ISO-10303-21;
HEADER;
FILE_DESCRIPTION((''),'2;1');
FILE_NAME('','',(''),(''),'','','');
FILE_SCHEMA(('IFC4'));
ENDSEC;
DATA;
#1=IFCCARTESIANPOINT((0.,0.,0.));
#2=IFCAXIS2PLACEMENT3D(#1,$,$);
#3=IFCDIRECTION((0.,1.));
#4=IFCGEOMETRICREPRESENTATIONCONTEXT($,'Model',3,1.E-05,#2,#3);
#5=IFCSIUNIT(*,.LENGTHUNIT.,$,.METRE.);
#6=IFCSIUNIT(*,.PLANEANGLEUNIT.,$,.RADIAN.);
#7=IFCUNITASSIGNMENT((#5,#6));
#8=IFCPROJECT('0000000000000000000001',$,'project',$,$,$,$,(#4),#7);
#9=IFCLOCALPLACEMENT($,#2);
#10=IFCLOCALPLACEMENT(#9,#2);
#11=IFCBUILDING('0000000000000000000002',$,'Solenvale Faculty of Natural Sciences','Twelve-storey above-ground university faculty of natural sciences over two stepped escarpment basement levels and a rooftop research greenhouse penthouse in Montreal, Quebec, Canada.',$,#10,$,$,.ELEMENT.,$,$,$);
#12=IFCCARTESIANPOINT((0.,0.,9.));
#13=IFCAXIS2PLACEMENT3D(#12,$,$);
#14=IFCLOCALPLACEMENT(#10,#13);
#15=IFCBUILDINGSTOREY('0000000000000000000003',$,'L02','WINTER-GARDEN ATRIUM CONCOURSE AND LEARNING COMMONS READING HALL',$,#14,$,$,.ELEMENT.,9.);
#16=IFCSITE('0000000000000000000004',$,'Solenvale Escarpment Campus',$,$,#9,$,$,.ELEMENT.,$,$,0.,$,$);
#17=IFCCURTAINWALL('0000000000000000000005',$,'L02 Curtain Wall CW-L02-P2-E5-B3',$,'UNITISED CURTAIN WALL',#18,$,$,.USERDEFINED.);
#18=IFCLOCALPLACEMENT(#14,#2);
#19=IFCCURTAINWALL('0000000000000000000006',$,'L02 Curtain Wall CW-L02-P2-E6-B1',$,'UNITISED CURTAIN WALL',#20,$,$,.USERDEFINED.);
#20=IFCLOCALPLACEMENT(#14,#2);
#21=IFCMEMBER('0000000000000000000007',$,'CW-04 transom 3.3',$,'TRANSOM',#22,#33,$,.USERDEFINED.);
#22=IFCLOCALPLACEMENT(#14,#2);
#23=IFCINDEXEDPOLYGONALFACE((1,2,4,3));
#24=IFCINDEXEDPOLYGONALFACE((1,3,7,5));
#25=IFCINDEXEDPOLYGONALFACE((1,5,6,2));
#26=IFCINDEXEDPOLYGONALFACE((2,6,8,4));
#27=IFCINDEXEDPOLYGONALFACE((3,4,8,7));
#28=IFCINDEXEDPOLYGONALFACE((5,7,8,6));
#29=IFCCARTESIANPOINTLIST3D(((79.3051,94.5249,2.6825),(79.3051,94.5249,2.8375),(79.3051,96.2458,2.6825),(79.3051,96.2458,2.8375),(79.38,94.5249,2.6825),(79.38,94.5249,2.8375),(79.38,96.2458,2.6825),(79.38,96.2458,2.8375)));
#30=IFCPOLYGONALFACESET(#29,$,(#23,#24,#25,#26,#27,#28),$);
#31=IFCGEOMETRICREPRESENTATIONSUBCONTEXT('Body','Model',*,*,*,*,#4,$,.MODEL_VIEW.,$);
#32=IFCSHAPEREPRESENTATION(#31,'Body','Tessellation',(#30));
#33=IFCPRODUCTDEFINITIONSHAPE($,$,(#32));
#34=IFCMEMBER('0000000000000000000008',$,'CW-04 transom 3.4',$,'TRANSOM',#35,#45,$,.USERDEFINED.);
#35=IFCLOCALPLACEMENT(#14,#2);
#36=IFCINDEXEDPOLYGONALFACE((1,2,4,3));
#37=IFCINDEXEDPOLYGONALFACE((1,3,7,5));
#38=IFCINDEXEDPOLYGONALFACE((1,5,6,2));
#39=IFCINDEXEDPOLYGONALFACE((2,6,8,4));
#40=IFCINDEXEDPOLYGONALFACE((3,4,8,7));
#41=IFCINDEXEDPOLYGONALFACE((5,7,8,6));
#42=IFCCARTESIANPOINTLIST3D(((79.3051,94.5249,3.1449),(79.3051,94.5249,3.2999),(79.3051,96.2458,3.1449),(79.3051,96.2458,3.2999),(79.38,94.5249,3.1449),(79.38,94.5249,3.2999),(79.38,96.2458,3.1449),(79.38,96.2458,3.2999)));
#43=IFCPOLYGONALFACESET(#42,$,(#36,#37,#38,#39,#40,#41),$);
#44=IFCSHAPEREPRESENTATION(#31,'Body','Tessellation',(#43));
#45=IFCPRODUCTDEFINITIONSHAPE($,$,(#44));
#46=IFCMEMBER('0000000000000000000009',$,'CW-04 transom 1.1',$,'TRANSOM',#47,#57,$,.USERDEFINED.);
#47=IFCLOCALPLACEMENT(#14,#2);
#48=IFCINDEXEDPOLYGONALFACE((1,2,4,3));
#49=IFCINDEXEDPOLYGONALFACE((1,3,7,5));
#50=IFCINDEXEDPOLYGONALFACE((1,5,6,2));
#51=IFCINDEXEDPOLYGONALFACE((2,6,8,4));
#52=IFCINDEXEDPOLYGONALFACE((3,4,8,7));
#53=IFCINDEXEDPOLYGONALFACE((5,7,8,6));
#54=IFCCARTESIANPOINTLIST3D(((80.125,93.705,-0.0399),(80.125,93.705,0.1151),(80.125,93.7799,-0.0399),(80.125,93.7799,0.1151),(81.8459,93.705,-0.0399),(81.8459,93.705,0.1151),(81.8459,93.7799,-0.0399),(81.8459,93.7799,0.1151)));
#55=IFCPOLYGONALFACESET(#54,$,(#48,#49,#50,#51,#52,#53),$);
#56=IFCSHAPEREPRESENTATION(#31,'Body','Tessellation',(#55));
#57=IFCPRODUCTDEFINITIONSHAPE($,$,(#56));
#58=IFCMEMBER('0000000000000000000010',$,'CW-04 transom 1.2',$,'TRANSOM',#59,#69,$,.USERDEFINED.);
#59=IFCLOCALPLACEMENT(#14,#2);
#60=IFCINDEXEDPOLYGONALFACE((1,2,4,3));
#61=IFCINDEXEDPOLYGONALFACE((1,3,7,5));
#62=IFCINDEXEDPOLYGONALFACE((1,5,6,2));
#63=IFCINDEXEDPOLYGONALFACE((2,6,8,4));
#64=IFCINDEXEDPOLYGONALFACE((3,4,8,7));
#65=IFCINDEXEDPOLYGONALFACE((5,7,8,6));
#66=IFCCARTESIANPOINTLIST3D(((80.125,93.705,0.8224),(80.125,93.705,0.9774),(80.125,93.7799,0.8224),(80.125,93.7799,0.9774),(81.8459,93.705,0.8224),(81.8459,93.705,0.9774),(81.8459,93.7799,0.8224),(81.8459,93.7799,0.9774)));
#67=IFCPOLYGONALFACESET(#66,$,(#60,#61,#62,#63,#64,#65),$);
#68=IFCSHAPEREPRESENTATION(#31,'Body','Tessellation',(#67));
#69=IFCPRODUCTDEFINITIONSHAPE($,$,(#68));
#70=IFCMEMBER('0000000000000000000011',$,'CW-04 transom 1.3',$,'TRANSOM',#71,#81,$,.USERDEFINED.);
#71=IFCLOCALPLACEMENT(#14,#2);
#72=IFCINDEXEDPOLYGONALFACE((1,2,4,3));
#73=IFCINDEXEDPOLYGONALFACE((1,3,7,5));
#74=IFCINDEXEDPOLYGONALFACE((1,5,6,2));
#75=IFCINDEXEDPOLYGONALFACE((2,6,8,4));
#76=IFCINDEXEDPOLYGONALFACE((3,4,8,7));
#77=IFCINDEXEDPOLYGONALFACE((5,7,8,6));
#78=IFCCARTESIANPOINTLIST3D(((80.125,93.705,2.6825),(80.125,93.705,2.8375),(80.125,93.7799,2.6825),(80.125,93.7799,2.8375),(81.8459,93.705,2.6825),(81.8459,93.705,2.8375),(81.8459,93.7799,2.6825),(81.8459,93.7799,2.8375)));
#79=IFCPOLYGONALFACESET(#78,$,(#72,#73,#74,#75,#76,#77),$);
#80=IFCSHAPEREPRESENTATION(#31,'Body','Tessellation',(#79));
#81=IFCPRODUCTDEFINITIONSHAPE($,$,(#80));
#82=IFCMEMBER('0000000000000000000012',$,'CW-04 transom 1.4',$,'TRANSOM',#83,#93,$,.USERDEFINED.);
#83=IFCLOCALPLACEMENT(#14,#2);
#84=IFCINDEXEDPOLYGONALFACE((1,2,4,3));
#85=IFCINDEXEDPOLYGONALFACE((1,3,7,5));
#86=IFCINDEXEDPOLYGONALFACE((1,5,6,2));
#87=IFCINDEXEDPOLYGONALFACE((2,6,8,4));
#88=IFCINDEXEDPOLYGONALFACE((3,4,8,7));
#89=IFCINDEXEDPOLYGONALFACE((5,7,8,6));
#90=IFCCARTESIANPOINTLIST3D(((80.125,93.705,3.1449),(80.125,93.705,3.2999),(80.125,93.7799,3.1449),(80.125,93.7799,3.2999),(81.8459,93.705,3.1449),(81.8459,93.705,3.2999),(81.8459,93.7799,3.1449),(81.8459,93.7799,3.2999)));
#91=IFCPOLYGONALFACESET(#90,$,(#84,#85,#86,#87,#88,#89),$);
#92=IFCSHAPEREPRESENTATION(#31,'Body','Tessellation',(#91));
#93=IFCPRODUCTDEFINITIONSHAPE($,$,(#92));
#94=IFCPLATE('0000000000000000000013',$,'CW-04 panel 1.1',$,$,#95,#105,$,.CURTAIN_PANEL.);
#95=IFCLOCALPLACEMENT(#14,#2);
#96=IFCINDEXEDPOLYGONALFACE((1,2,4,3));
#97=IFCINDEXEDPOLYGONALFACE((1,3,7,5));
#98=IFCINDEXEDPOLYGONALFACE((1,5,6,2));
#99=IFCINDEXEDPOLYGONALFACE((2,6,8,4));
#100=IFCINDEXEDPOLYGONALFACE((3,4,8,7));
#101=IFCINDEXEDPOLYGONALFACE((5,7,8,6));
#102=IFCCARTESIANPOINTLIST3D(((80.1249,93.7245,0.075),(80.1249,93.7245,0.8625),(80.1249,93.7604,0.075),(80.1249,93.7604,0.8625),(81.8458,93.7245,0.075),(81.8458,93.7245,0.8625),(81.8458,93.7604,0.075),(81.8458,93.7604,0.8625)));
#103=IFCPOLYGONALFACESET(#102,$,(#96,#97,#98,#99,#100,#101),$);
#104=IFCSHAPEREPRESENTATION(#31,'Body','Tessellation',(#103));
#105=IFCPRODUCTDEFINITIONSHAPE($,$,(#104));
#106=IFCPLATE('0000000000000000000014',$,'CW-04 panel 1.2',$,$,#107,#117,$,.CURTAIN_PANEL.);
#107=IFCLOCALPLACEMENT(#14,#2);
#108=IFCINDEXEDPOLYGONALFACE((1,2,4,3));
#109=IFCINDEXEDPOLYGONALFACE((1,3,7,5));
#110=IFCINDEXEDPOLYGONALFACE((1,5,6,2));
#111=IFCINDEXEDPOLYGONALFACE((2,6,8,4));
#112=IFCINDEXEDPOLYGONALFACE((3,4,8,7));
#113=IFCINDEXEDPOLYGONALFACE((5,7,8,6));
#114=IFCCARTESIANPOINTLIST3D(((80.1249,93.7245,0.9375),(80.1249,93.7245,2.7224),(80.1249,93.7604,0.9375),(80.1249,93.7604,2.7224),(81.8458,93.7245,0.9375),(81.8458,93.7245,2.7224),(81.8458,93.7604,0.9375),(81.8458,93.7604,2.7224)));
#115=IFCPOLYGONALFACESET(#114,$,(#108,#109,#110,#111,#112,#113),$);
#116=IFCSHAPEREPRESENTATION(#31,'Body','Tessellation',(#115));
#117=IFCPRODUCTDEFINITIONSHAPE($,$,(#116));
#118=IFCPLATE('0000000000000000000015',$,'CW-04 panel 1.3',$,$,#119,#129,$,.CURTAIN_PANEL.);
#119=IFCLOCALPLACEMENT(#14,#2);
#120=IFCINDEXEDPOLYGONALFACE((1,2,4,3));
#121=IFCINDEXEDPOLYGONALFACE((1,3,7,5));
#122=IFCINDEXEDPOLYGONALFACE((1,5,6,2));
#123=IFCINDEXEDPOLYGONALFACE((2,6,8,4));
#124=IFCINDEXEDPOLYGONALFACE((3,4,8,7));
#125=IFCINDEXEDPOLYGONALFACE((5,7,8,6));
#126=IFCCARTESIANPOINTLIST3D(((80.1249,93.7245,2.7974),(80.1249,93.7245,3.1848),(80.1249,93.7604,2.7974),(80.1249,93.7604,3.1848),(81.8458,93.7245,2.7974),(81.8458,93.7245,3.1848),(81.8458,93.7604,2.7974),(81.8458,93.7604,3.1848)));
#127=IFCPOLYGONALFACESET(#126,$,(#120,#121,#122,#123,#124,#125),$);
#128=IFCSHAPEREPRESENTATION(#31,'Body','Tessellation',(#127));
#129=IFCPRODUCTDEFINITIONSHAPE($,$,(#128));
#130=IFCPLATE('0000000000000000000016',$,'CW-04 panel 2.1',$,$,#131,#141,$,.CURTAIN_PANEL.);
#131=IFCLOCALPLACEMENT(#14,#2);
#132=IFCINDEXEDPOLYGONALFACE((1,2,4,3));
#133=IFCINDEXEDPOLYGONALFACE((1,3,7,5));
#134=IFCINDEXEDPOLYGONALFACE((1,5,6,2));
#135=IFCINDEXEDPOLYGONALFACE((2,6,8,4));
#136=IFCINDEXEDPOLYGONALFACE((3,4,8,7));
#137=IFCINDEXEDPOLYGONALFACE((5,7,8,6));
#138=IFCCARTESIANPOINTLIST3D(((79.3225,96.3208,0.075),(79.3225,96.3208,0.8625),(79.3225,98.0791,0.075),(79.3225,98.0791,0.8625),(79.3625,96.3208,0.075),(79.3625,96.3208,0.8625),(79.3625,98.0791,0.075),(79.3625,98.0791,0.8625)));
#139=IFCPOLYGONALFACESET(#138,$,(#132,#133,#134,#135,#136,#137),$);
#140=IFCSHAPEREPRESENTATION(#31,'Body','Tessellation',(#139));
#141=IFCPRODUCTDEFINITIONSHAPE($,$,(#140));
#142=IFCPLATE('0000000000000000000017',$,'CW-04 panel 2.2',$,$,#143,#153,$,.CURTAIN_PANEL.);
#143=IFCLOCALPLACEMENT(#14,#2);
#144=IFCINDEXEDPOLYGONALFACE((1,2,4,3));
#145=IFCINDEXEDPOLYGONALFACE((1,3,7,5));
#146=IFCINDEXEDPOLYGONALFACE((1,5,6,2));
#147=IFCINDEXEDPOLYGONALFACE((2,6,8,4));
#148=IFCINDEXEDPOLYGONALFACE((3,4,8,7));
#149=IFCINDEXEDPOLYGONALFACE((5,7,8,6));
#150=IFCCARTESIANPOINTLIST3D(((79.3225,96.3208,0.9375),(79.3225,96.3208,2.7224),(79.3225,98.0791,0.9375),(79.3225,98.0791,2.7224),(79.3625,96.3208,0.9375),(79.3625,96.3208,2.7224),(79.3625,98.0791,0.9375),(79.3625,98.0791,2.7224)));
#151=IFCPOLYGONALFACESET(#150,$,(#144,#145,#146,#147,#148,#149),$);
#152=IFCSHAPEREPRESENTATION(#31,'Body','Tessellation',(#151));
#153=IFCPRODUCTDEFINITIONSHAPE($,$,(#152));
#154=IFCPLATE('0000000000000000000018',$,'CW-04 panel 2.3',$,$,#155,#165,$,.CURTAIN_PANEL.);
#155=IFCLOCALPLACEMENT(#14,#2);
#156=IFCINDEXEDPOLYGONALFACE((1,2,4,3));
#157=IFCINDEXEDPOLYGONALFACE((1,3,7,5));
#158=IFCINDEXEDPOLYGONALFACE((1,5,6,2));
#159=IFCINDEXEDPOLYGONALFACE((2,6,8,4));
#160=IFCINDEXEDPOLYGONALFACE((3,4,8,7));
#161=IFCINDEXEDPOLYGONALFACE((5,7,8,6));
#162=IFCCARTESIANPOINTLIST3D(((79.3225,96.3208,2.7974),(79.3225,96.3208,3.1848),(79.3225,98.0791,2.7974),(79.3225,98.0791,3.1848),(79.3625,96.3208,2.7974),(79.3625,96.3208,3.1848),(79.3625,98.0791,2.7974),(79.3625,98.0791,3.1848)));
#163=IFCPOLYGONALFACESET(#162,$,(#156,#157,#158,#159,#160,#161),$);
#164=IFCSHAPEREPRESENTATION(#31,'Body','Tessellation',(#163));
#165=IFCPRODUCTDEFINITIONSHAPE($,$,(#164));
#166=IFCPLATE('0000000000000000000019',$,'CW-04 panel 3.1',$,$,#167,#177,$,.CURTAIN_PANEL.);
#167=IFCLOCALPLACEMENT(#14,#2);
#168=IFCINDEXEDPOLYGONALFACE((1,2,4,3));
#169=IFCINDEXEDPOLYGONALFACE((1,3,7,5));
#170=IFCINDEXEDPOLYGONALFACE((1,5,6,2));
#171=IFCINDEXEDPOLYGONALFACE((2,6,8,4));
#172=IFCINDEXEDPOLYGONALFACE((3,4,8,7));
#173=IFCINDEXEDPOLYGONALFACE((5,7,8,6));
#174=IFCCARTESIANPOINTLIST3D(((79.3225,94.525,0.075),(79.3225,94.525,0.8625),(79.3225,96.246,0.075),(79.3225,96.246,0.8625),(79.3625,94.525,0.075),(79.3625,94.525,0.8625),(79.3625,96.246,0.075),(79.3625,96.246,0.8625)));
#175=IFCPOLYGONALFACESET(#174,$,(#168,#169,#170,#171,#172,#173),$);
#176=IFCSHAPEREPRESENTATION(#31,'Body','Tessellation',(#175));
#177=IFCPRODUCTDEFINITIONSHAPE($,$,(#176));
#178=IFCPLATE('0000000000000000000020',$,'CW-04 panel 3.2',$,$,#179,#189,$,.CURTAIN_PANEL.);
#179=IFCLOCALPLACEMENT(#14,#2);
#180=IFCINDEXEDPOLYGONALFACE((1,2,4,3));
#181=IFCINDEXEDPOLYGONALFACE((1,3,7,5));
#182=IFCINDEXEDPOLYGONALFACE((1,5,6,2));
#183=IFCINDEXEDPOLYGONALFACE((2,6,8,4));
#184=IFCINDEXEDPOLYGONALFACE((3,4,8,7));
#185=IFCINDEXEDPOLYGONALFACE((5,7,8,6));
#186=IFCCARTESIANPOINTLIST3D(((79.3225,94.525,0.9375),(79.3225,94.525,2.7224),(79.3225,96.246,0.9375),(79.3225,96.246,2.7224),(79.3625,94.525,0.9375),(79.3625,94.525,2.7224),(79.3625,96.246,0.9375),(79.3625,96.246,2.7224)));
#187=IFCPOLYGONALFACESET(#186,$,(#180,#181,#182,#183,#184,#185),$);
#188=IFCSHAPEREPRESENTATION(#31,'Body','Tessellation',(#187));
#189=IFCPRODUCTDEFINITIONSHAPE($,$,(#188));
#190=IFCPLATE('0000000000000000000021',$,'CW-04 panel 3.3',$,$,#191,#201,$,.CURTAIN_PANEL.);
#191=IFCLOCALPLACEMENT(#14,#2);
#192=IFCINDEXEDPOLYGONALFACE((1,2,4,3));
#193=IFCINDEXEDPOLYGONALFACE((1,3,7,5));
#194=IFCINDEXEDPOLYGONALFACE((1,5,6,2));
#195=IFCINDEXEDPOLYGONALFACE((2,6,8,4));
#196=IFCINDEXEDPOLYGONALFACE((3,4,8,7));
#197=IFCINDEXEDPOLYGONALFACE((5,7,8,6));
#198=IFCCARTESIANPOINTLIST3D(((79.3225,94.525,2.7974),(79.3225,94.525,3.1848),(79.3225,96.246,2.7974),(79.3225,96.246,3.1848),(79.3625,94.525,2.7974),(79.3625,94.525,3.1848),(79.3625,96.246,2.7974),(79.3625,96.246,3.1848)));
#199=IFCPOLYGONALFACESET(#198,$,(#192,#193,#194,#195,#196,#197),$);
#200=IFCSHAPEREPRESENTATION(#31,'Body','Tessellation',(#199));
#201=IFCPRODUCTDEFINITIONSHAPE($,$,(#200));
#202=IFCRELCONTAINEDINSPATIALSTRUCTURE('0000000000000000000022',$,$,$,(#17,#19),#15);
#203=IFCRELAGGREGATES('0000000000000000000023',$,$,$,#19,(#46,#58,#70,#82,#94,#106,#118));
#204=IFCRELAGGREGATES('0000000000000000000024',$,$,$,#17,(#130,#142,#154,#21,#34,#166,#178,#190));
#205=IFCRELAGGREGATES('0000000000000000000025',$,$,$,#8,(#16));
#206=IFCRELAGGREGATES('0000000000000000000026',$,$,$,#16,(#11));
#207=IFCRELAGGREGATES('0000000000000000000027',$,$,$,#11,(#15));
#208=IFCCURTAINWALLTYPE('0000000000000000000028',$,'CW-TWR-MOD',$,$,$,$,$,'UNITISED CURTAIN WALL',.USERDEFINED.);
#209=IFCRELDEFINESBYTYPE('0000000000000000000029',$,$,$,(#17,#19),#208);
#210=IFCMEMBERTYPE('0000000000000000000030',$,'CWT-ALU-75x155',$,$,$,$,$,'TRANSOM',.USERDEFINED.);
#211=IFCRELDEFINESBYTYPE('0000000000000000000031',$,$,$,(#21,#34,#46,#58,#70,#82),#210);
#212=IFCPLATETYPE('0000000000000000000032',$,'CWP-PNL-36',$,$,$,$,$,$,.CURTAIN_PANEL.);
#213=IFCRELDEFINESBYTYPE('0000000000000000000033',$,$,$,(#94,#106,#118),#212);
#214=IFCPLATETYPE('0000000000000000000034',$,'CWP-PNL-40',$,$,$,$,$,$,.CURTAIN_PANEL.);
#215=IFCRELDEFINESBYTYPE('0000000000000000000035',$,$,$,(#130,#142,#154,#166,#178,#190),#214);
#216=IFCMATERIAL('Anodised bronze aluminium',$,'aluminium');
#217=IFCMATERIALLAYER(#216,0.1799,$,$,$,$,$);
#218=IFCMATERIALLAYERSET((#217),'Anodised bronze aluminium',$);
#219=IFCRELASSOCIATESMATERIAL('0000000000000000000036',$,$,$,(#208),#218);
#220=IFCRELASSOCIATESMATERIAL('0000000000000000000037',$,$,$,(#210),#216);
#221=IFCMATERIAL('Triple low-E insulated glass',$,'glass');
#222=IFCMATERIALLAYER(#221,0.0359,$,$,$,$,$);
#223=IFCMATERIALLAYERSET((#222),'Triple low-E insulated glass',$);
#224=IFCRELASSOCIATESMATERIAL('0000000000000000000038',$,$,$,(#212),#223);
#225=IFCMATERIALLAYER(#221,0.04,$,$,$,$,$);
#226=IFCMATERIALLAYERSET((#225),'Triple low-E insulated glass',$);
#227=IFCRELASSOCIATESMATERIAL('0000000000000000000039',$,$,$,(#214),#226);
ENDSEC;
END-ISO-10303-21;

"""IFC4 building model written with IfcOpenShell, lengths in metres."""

from ifc_helpers import new_model, si_unit, direction, frame, origin, origin_2d, place, context, subcontext, project, spatial, rectangle, extrude, material, layer, layer_set, material_profile, profile_set, type_object, element, aggregate, save


model = new_model("IFC4")

# Units and contexts
model_context = context("Model", 3, precision=1e-05, world=origin(), true_north=direction((0.0, 1.0)))
body_context = subcontext(model_context, "Body", "Model", "MODEL_VIEW")
ifc_project = project(units=[si_unit("LENGTHUNIT", "METRE"), si_unit("PLANEANGLEUNIT", "RADIAN")], contexts=[model_context])

# Site, building, storey
site_placement = place(None, origin())
site = spatial("IfcSite", under=ifc_project, at=site_placement, Name="Solenvale Escarpment Campus", CompositionType="ELEMENT", RefElevation=0.0)
building_placement = place(site_placement, origin())
building = spatial("IfcBuilding", under=site, at=building_placement, Name="Solenvale Faculty of Natural Sciences", Description="Twelve-storey above-ground university faculty of natural sciences over two stepped escarpment basement levels and a rooftop research greenhouse penthouse in Montreal, Quebec, Canada.", CompositionType="ELEMENT")
storey_placement = place(building_placement, frame((0.0, 0.0, 9.0)))
storey = spatial("IfcBuildingStorey", under=building, at=storey_placement, Name="L02", Description="WINTER-GARDEN ATRIUM CONCOURSE AND LEARNING COMMONS READING HALL", CompositionType="ELEMENT", Elevation=9.0)

# Curtain walls
ifc_material_1 = material(Name="Anodised bronze aluminium", Category="aluminium")
ifc_layer_1 = layer(ifc_material_1, 0.1799)
ifc_layer_set_1 = layer_set([ifc_layer_1], Name="Anodised bronze aluminium")
curtain_wall_type = type_object("IfcCurtainWallType", Name="CW-TWR-MOD", ElementType="UNITISED CURTAIN WALL", PredefinedType="USERDEFINED", material=ifc_layer_set_1)
curtain_wall_1_placement = place(storey_placement, origin())
curtain_wall_1 = element("IfcCurtainWall", 1, at=curtain_wall_1_placement, inside=storey, type_object=curtain_wall_type, Name="L02 Curtain Wall CW-L02-P2-E5-B3", ObjectType="UNITISED CURTAIN WALL", PredefinedType="USERDEFINED")
curtain_wall_2_placement = place(storey_placement, origin())
curtain_wall_2 = element("IfcCurtainWall", 2, at=curtain_wall_2_placement, inside=storey, type_object=curtain_wall_type, Name="L02 Curtain Wall CW-L02-P2-E6-B1", ObjectType="UNITISED CURTAIN WALL", PredefinedType="USERDEFINED")

# Members
ifc_material_profile_1 = material_profile(ifc_material_1, rectangle(XDim=0.075, YDim=0.155, at=origin_2d()), Name="ALU-TRN-75x155")
ifc_profile_set_1 = profile_set([ifc_material_profile_1], Name="Anodised bronze aluminium")
member_type_1 = type_object("IfcMemberType", Name="CWT-ALU-75x155", ElementType="TRANSOM", PredefinedType="USERDEFINED", material=ifc_profile_set_1)
member_1_placement = place(storey_placement, frame((79.3425, 96.2458, 2.76), z_axis=(0.0, -1.0, 0.0), x_axis=(1.0, 0.0, 0.0)))
member_1 = element("IfcMember", 3, at=member_1_placement, type_object=member_type_1, Name="CW-04 transom 3.3", ObjectType="TRANSOM", PredefinedType="USERDEFINED", context=body_context, shape_type="SweptSolid", body=[
    extrude(rectangle(XDim=0.075, YDim=0.155, at=origin_2d()), origin(), (0.0, 0.0, 1.0), 1.7209),
])
member_2_placement = place(storey_placement, frame((79.3425, 96.2458, 3.2224), z_axis=(0.0, -1.0, 0.0), x_axis=(1.0, 0.0, 0.0)))
member_2 = element("IfcMember", 4, at=member_2_placement, type_object=member_type_1, Name="CW-04 transom 3.4", ObjectType="TRANSOM", PredefinedType="USERDEFINED", context=body_context, shape_type="SweptSolid", body=[
    extrude(rectangle(XDim=0.075, YDim=0.155, at=origin_2d()), origin(), (0.0, 0.0, 1.0), 1.7209),
])
member_3_placement = place(storey_placement, frame((80.125, 93.7424, 0.0376), z_axis=(1.0, 0.0, 0.0), x_axis=(0.0, 1.0, 0.0)))
member_3 = element("IfcMember", 5, at=member_3_placement, type_object=member_type_1, Name="CW-04 transom 1.1", ObjectType="TRANSOM", PredefinedType="USERDEFINED", context=body_context, shape_type="SweptSolid", body=[
    extrude(rectangle(XDim=0.075, YDim=0.155, at=origin_2d()), origin(), (0.0, 0.0, 1.0), 1.7209),
])
member_4_placement = place(storey_placement, frame((80.125, 93.7424, 0.8999), z_axis=(1.0, 0.0, 0.0), x_axis=(0.0, 1.0, 0.0)))
member_4 = element("IfcMember", 6, at=member_4_placement, type_object=member_type_1, Name="CW-04 transom 1.2", ObjectType="TRANSOM", PredefinedType="USERDEFINED", context=body_context, shape_type="SweptSolid", body=[
    extrude(rectangle(XDim=0.075, YDim=0.155, at=origin_2d()), origin(), (0.0, 0.0, 1.0), 1.7209),
])
member_5_placement = place(storey_placement, frame((80.125, 93.7424, 2.76), z_axis=(1.0, 0.0, 0.0), x_axis=(0.0, 1.0, 0.0)))
member_5 = element("IfcMember", 7, at=member_5_placement, type_object=member_type_1, Name="CW-04 transom 1.3", ObjectType="TRANSOM", PredefinedType="USERDEFINED", context=body_context, shape_type="SweptSolid", body=[
    extrude(rectangle(XDim=0.075, YDim=0.155, at=origin_2d()), origin(), (0.0, 0.0, 1.0), 1.7209),
])
member_6_placement = place(storey_placement, frame((80.125, 93.7424, 3.2224), z_axis=(1.0, 0.0, 0.0), x_axis=(0.0, 1.0, 0.0)))
member_6 = element("IfcMember", 8, at=member_6_placement, type_object=member_type_1, Name="CW-04 transom 1.4", ObjectType="TRANSOM", PredefinedType="USERDEFINED", context=body_context, shape_type="SweptSolid", body=[
    extrude(rectangle(XDim=0.075, YDim=0.155, at=origin_2d()), origin(), (0.0, 0.0, 1.0), 1.7209),
])

# Plates
ifc_material_2 = material(Name="Triple low-E insulated glass", Category="glass")
ifc_layer_2 = layer(ifc_material_2, 0.0359)
ifc_layer_set_2 = layer_set([ifc_layer_2], Name="Triple low-E insulated glass")
plate_type_1 = type_object("IfcPlateType", Name="CWP-PNL-36", PredefinedType="CURTAIN_PANEL", material=ifc_layer_set_2)
plate_1_placement = place(storey_placement, frame((80.9854, 93.7424, 0.075), z_axis=(0.0, 0.0, 1.0), x_axis=(1.0, 0.0, 0.0)))
plate_1 = element("IfcPlate", 9, at=plate_1_placement, type_object=plate_type_1, Name="CW-04 panel 1.1", PredefinedType="CURTAIN_PANEL", context=body_context, shape_type="SweptSolid", body=[
    extrude(rectangle(XDim=1.7209, YDim=0.0359, at=origin_2d()), origin(), (0.0, 0.0, 1.0), 0.7876),
])
plate_2_placement = place(storey_placement, frame((80.9854, 93.7424, 0.9375), z_axis=(0.0, 0.0, 1.0), x_axis=(1.0, 0.0, 0.0)))
plate_2 = element("IfcPlate", 10, at=plate_2_placement, type_object=plate_type_1, Name="CW-04 panel 1.2", PredefinedType="CURTAIN_PANEL", context=body_context, shape_type="SweptSolid", body=[
    extrude(rectangle(XDim=1.7209, YDim=0.0359, at=origin_2d()), origin(), (0.0, 0.0, 1.0), 1.7849),
])
plate_3_placement = place(storey_placement, frame((80.9854, 93.7424, 2.7974), z_axis=(0.0, 0.0, 1.0), x_axis=(1.0, 0.0, 0.0)))
plate_3 = element("IfcPlate", 11, at=plate_3_placement, type_object=plate_type_1, Name="CW-04 panel 1.3", PredefinedType="CURTAIN_PANEL", context=body_context, shape_type="SweptSolid", body=[
    extrude(rectangle(XDim=1.7209, YDim=0.0359, at=origin_2d()), origin(), (0.0, 0.0, 1.0), 0.3875),
])
aggregate(curtain_wall_2, [member_3, member_4, member_5, member_6, plate_1, plate_2, plate_3])
ifc_layer_3 = layer(ifc_material_2, 0.04)
ifc_layer_set_3 = layer_set([ifc_layer_3], Name="Triple low-E insulated glass")
plate_type_2 = type_object("IfcPlateType", Name="CWP-PNL-40", PredefinedType="CURTAIN_PANEL", material=ifc_layer_set_3)
plate_4_placement = place(storey_placement, frame((79.3425, 97.2, 0.075), z_axis=(0.0, 0.0, 1.0), x_axis=(0.0, -1.0, 0.0)))
plate_4 = element("IfcPlate", 12, at=plate_4_placement, type_object=plate_type_2, Name="CW-04 panel 2.1", PredefinedType="CURTAIN_PANEL", context=body_context, shape_type="SweptSolid", body=[
    extrude(rectangle(XDim=1.7583, YDim=0.04, at=origin_2d()), origin(), (0.0, 0.0, 1.0), 0.7876),
])
plate_5_placement = place(storey_placement, frame((79.3425, 97.2, 0.9375), z_axis=(0.0, 0.0, 1.0), x_axis=(0.0, -1.0, 0.0)))
plate_5 = element("IfcPlate", 13, at=plate_5_placement, type_object=plate_type_2, Name="CW-04 panel 2.2", PredefinedType="CURTAIN_PANEL", context=body_context, shape_type="SweptSolid", body=[
    extrude(rectangle(XDim=1.7583, YDim=0.04, at=origin_2d()), origin(), (0.0, 0.0, 1.0), 1.7849),
])
plate_6_placement = place(storey_placement, frame((79.3425, 97.2, 2.7974), z_axis=(0.0, 0.0, 1.0), x_axis=(0.0, -1.0, 0.0)))
plate_6 = element("IfcPlate", 14, at=plate_6_placement, type_object=plate_type_2, Name="CW-04 panel 2.3", PredefinedType="CURTAIN_PANEL", context=body_context, shape_type="SweptSolid", body=[
    extrude(rectangle(XDim=1.7583, YDim=0.04, at=origin_2d()), origin(), (0.0, 0.0, 1.0), 0.3875),
])
plate_7_placement = place(storey_placement, frame((79.3425, 95.3855, 0.075), z_axis=(0.0, 0.0, 1.0), x_axis=(0.0, -1.0, 0.0)))
plate_7 = element("IfcPlate", 15, at=plate_7_placement, type_object=plate_type_2, Name="CW-04 panel 3.1", PredefinedType="CURTAIN_PANEL", context=body_context, shape_type="SweptSolid", body=[
    extrude(rectangle(XDim=1.7209, YDim=0.04, at=origin_2d()), origin(), (0.0, 0.0, 1.0), 0.7876),
])
plate_8_placement = place(storey_placement, frame((79.3425, 95.3855, 0.9375), z_axis=(0.0, 0.0, 1.0), x_axis=(0.0, -1.0, 0.0)))
plate_8 = element("IfcPlate", 16, at=plate_8_placement, type_object=plate_type_2, Name="CW-04 panel 3.2", PredefinedType="CURTAIN_PANEL", context=body_context, shape_type="SweptSolid", body=[
    extrude(rectangle(XDim=1.7209, YDim=0.04, at=origin_2d()), origin(), (0.0, 0.0, 1.0), 1.7849),
])
plate_9_placement = place(storey_placement, frame((79.3425, 95.3855, 2.7974), z_axis=(0.0, 0.0, 1.0), x_axis=(0.0, -1.0, 0.0)))
plate_9 = element("IfcPlate", 17, at=plate_9_placement, type_object=plate_type_2, Name="CW-04 panel 3.3", PredefinedType="CURTAIN_PANEL", context=body_context, shape_type="SweptSolid", body=[
    extrude(rectangle(XDim=1.7209, YDim=0.04, at=origin_2d()), origin(), (0.0, 0.0, 1.0), 0.3875),
])
aggregate(curtain_wall_1, [plate_4, plate_5, plate_6, member_1, member_2, plate_7, plate_8, plate_9])

save(model, "model.ifc")
